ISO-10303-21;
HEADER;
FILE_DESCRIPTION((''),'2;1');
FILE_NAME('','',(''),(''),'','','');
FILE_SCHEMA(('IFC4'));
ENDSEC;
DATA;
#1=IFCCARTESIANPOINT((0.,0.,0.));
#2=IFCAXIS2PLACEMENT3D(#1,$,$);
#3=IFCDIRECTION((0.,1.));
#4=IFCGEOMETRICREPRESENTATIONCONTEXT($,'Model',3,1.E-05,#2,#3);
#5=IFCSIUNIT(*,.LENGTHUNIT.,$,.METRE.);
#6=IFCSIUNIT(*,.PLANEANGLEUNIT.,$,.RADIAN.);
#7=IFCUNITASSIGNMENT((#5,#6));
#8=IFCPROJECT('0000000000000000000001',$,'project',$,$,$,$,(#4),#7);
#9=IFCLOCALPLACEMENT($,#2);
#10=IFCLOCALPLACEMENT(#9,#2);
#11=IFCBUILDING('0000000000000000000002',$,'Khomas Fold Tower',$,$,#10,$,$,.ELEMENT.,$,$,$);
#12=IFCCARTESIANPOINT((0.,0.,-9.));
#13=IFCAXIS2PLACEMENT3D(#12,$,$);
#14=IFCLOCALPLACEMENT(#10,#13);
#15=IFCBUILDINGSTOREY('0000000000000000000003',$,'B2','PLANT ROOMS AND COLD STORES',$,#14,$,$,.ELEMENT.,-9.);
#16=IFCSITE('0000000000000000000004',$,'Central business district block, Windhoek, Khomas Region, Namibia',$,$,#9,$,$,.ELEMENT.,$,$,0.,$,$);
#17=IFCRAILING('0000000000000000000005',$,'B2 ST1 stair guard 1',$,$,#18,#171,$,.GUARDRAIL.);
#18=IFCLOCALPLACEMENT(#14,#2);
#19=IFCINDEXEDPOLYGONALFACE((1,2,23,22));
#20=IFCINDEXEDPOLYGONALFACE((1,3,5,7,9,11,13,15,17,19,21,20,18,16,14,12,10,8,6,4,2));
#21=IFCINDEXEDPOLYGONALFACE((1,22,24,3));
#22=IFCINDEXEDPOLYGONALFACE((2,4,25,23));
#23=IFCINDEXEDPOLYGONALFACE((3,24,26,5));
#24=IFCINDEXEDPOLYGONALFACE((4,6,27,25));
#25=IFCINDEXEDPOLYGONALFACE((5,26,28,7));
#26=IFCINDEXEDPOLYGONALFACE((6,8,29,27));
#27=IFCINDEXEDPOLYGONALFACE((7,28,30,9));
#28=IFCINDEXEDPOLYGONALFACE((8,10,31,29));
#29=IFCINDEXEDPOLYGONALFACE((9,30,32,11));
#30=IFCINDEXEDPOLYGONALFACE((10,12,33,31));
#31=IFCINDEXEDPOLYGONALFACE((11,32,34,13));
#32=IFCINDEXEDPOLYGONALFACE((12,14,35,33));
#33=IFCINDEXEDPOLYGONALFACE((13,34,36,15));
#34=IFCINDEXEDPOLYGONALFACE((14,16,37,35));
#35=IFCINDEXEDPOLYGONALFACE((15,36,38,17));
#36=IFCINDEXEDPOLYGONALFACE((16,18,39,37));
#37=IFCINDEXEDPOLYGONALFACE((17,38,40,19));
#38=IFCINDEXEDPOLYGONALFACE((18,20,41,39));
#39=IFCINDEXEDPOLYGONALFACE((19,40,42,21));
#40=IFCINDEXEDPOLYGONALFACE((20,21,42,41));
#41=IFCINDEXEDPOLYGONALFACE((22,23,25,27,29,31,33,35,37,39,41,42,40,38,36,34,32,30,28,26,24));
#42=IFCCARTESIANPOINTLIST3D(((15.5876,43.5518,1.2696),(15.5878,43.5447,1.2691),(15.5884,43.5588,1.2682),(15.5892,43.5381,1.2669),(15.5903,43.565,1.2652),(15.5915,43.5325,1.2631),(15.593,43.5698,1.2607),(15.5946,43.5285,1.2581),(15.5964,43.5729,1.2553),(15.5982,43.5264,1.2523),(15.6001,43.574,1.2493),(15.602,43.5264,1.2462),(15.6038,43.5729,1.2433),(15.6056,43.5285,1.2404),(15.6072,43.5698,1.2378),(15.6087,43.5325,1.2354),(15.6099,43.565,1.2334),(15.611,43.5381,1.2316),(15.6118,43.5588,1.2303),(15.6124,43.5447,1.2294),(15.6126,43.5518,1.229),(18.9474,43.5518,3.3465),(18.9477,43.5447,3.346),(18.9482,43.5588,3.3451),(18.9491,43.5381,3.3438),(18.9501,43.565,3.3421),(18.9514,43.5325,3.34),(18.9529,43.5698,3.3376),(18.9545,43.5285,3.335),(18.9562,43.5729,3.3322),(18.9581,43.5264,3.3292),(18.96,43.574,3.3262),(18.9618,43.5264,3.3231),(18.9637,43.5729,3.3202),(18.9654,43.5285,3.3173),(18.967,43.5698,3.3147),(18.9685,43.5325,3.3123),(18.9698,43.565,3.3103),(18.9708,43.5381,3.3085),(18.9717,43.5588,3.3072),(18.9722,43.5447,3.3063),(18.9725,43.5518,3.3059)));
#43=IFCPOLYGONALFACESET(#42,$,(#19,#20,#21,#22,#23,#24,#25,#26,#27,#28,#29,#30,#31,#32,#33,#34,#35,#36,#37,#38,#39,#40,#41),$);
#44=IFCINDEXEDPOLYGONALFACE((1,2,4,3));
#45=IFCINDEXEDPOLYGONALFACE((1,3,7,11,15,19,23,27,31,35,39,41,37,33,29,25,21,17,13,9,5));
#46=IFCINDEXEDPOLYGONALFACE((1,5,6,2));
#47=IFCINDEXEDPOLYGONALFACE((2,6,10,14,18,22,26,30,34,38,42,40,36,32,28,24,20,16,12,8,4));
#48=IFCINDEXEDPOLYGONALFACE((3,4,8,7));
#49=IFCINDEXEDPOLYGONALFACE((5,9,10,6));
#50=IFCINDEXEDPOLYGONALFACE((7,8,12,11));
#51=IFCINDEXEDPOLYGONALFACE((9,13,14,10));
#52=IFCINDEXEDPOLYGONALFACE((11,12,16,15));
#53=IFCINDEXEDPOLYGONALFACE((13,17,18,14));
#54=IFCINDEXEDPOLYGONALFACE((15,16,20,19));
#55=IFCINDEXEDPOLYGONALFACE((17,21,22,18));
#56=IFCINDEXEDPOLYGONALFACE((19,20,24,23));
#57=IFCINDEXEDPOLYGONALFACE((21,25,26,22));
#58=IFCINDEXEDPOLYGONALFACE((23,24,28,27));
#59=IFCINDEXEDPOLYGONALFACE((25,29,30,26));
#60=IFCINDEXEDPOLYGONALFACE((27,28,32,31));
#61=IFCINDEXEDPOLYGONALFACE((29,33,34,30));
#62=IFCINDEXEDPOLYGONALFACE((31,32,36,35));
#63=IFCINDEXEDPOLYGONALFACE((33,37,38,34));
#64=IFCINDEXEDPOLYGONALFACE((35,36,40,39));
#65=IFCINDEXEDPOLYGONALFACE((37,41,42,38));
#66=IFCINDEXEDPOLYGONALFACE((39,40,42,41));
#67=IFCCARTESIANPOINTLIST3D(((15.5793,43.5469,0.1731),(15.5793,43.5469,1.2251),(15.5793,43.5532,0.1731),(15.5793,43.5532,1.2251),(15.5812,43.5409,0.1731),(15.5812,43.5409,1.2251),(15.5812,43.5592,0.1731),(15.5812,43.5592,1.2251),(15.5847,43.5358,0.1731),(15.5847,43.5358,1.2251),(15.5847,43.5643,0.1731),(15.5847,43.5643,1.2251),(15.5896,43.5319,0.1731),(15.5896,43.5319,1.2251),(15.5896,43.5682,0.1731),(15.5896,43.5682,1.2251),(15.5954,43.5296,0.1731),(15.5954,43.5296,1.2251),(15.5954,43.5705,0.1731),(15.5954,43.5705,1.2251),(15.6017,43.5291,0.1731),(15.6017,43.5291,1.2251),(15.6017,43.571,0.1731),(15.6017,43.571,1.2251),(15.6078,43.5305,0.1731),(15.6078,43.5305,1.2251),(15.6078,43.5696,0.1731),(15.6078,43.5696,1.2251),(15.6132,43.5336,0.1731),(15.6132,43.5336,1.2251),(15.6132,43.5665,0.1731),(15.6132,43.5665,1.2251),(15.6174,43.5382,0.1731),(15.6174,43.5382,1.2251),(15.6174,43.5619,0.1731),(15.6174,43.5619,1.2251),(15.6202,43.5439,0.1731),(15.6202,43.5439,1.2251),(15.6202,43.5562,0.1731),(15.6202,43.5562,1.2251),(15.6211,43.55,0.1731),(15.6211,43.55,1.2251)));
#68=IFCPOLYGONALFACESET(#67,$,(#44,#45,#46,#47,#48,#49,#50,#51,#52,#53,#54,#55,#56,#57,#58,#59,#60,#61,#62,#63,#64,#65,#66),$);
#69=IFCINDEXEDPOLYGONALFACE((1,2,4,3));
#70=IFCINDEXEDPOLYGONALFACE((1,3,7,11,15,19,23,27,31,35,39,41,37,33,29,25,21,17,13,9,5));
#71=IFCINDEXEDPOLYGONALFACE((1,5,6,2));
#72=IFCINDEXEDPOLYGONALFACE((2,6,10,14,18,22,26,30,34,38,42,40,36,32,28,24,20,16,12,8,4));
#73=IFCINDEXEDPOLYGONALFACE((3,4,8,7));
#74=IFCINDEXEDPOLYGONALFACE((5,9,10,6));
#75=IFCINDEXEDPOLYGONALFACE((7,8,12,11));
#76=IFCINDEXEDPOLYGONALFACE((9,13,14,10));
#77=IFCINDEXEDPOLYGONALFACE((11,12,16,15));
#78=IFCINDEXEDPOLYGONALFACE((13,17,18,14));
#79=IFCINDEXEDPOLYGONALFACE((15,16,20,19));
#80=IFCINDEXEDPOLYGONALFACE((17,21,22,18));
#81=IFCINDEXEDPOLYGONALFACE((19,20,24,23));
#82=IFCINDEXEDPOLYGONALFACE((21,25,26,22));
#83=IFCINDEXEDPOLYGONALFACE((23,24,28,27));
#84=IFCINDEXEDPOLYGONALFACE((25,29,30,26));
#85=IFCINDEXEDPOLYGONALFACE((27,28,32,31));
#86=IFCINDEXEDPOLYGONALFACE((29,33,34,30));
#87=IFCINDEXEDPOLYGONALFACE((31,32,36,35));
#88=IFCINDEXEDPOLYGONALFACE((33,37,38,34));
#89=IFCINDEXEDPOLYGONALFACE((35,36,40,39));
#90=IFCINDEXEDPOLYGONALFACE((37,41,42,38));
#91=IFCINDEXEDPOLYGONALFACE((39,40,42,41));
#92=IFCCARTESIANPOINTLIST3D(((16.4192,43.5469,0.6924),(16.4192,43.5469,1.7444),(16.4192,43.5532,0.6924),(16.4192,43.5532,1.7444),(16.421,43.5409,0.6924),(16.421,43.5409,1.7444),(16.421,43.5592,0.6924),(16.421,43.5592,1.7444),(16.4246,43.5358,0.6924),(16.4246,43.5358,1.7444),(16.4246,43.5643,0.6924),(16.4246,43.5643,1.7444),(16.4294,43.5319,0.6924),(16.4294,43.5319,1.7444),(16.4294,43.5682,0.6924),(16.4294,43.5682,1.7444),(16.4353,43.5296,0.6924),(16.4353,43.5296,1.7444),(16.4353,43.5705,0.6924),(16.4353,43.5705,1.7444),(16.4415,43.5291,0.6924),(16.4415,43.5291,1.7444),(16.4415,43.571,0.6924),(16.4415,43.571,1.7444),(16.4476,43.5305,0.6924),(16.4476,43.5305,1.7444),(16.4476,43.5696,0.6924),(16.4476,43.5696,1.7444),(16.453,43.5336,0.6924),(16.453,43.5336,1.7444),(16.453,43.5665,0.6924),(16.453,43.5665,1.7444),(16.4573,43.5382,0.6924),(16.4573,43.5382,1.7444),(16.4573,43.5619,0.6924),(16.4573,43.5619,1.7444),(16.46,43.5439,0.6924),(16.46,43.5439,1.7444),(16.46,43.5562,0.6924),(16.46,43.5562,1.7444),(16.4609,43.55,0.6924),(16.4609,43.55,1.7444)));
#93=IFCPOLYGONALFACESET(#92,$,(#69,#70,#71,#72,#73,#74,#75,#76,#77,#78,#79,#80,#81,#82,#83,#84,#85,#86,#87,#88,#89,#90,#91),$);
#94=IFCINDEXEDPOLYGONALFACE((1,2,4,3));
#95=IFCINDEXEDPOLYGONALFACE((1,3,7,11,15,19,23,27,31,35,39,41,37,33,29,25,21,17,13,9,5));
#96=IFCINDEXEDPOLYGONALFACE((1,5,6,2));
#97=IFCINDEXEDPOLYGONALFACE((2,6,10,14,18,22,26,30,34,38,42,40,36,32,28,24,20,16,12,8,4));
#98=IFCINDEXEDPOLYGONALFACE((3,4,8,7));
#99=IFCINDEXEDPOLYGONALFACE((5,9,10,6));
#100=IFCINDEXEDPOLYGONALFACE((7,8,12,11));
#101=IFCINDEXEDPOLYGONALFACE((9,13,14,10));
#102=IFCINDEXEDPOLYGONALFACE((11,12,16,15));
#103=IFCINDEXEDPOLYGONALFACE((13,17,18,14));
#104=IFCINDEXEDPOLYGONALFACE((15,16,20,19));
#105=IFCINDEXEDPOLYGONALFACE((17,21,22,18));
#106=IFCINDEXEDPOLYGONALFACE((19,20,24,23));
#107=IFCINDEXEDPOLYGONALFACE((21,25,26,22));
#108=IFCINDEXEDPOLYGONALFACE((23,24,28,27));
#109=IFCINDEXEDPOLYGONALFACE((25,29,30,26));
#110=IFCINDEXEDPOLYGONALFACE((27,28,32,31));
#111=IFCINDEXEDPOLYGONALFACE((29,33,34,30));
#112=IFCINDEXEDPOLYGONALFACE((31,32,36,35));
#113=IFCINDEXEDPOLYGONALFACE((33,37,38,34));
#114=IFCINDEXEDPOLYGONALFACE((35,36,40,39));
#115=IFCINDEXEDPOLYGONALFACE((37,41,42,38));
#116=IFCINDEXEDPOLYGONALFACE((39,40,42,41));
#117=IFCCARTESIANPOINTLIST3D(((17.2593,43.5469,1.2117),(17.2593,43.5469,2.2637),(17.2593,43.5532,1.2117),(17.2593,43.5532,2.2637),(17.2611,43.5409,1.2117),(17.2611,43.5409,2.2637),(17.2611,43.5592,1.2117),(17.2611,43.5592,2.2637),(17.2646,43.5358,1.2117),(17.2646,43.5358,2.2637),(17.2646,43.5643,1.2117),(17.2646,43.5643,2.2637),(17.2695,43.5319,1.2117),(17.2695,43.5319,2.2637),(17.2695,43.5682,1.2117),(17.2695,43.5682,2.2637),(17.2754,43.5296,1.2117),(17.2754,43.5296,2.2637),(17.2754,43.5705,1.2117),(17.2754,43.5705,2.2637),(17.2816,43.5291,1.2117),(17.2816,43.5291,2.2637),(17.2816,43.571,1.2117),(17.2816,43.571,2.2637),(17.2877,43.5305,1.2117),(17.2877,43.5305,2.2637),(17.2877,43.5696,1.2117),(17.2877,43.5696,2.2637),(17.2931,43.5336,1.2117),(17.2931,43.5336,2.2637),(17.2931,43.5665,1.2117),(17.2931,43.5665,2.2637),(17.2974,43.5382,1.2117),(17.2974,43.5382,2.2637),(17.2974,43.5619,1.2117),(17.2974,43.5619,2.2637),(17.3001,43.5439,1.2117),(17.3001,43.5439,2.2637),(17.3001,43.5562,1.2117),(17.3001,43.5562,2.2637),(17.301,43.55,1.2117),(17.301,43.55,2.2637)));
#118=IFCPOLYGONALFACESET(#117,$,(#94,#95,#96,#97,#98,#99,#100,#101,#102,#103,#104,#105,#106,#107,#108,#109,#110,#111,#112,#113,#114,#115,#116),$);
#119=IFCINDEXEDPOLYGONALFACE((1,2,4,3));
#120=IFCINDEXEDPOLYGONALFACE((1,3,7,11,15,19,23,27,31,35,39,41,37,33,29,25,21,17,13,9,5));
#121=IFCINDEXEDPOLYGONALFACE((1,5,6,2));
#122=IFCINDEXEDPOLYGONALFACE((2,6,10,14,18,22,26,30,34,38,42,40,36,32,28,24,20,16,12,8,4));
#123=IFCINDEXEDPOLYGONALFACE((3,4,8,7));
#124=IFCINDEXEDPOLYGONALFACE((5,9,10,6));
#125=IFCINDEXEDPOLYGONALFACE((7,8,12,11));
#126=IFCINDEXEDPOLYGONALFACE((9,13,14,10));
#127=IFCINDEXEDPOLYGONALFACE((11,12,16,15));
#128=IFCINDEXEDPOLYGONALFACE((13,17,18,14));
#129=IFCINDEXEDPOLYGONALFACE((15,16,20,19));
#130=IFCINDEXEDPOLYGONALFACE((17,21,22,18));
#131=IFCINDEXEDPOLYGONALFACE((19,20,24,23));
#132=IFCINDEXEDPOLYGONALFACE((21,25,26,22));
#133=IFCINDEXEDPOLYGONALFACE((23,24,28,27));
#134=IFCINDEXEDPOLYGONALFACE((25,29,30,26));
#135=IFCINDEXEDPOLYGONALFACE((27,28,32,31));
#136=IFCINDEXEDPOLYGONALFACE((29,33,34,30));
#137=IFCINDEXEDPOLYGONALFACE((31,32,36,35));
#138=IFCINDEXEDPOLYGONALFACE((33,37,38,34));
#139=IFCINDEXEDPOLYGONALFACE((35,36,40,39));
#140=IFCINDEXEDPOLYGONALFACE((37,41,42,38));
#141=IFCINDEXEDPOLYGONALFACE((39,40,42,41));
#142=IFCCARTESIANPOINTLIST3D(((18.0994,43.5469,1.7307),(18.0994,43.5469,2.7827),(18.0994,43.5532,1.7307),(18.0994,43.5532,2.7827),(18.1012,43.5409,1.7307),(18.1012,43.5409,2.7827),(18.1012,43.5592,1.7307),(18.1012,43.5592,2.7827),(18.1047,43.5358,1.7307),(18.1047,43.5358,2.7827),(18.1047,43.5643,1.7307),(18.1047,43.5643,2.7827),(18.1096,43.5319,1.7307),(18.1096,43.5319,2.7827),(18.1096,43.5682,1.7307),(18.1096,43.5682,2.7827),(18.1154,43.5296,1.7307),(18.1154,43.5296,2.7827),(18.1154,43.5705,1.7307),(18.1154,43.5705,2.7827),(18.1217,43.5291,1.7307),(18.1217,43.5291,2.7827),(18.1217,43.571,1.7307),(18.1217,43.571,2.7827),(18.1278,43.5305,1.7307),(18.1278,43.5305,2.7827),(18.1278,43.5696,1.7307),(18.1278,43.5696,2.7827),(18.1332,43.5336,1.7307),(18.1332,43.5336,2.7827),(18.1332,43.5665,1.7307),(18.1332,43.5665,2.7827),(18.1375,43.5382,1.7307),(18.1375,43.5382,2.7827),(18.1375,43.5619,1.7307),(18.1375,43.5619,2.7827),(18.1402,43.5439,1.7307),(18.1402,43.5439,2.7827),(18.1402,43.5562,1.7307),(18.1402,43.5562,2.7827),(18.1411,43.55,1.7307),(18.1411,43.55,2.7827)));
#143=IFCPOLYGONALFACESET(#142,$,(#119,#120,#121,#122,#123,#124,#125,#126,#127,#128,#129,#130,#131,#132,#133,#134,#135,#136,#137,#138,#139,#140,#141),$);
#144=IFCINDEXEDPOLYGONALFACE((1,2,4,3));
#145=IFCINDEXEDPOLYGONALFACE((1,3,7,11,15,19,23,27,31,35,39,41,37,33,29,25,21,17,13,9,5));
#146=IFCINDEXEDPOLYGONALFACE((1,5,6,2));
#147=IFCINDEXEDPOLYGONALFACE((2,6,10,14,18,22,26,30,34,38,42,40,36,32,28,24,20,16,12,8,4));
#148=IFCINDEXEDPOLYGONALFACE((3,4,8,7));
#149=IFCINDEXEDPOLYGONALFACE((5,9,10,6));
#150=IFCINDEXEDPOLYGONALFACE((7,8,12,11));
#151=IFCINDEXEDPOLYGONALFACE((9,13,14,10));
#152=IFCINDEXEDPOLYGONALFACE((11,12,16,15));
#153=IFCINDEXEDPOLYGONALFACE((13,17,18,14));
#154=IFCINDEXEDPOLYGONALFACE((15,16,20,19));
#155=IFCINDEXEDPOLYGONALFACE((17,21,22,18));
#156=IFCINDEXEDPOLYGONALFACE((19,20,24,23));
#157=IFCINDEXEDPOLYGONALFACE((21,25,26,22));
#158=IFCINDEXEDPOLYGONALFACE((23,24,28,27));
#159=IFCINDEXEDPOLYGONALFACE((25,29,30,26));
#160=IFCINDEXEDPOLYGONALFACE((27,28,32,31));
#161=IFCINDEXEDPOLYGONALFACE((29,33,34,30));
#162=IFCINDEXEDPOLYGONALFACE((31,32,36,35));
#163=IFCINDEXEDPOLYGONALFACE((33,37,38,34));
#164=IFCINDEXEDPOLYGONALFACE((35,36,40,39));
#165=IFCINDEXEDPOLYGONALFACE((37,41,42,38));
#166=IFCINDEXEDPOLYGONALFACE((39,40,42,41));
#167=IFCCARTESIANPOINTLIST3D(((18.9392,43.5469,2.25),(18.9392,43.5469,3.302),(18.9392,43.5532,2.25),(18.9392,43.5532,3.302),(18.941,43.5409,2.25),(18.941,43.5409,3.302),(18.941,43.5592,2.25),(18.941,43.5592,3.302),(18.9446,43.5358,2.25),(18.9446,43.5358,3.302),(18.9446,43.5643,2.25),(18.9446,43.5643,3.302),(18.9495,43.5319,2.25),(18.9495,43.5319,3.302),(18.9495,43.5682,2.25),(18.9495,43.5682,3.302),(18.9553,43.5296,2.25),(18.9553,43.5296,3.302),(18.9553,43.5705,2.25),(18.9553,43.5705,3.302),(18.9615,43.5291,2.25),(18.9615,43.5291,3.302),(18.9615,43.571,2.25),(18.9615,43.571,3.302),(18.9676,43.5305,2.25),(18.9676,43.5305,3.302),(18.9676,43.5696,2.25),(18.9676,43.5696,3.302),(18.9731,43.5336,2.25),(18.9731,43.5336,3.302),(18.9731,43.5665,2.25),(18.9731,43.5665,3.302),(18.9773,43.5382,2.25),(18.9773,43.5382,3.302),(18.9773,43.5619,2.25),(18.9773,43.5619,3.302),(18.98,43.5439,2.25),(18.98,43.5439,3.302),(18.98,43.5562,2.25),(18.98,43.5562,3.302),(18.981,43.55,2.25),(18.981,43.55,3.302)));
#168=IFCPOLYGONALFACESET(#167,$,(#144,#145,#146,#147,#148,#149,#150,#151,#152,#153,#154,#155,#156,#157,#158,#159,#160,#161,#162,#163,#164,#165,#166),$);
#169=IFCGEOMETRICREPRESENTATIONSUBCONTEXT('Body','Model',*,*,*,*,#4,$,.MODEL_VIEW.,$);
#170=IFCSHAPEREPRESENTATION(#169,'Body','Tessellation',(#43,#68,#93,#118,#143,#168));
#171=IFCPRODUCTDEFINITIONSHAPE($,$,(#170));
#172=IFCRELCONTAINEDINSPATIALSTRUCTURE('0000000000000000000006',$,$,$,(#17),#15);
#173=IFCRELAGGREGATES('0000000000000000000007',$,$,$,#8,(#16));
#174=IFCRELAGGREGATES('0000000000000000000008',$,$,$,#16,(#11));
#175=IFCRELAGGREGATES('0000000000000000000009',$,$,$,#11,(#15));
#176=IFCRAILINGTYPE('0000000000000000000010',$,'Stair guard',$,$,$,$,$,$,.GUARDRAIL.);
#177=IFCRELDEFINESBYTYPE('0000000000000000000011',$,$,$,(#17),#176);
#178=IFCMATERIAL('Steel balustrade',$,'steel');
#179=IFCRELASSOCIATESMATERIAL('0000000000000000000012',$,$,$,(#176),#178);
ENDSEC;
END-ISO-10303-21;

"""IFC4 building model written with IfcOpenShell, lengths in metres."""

from ifc_helpers import new_model, si_unit, direction, frame, origin, origin_2d, place, context, subcontext, project, spatial, circle, extrude, source, transform, mapped, material, type_object, element, save


model = new_model("IFC4")

# Units and contexts
model_context = context("Model", 3, precision=1e-05, world=origin(), true_north=direction((0.0, 1.0)))
body_context = subcontext(model_context, "Body", "Model", "MODEL_VIEW")
ifc_project = project(units=[si_unit("LENGTHUNIT", "METRE"), si_unit("PLANEANGLEUNIT", "RADIAN")], contexts=[model_context])

# Site, building, storey
site_placement = place(None, origin())
site = spatial("IfcSite", under=ifc_project, at=site_placement, Name="Central business district block, Windhoek, Khomas Region, Namibia", CompositionType="ELEMENT", RefElevation=0.0)
building_placement = place(site_placement, origin())
building = spatial("IfcBuilding", under=site, at=building_placement, Name="Khomas Fold Tower", CompositionType="ELEMENT")
storey_placement = place(building_placement, frame((0.0, 0.0, -9.0)))
storey = spatial("IfcBuildingStorey", under=building, at=storey_placement, Name="B2", Description="PLANT ROOMS AND COLD STORES", CompositionType="ELEMENT", Elevation=-9.0)

# Railing
ifc_material_1 = material(Name="Steel balustrade", Category="steel")
railing_type_1 = type_object("IfcRailingType", Name="Stair guard", PredefinedType="GUARDRAIL", material=ifc_material_1)
shared_shape_1 = source(origin(), body_context, "Body", "SweptSolid", [
    extrude(circle(Radius=0.0239, at=origin_2d()), frame((0.0, 0.0, 1.0762), z_axis=(0.850606, 0.0, 0.525803), x_axis=(0.0, 1.0, 0.0)), (0.0, 0.0, 1.0), 3.95),
    extrude(circle(Radius=0.021, at=origin_2d()), origin(), (0.0, 0.0, 1.0), 1.052),
    extrude(circle(Radius=0.021, at=origin_2d()), frame((0.8398, 0.0, 0.5193)), (0.0, 0.0, 1.0), 1.052),
    extrude(circle(Radius=0.021, at=origin_2d()), frame((1.6799, 0.0, 1.0386)), (0.0, 0.0, 1.0), 1.052),
    extrude(circle(Radius=0.021, at=origin_2d()), frame((2.52, 0.0, 1.5576)), (0.0, 0.0, 1.0), 1.052),
    extrude(circle(Radius=0.021, at=origin_2d()), frame((3.3599, 0.0, 2.0769)), (0.0, 0.0, 1.0), 1.052),
])
railing_1_placement = place(storey_placement, frame((15.6001, 43.55, 0.1731)))
element("IfcRailing", 1, at=railing_1_placement, inside=storey, type_object=railing_type_1, Name="B2 ST1 stair guard 1", PredefinedType="GUARDRAIL", context=body_context, shape_type="MappedRepresentation", body=[
    mapped(shared_shape_1, transform((0.0, 0.0, 0.0))),
])

save(model, "model.ifc")
